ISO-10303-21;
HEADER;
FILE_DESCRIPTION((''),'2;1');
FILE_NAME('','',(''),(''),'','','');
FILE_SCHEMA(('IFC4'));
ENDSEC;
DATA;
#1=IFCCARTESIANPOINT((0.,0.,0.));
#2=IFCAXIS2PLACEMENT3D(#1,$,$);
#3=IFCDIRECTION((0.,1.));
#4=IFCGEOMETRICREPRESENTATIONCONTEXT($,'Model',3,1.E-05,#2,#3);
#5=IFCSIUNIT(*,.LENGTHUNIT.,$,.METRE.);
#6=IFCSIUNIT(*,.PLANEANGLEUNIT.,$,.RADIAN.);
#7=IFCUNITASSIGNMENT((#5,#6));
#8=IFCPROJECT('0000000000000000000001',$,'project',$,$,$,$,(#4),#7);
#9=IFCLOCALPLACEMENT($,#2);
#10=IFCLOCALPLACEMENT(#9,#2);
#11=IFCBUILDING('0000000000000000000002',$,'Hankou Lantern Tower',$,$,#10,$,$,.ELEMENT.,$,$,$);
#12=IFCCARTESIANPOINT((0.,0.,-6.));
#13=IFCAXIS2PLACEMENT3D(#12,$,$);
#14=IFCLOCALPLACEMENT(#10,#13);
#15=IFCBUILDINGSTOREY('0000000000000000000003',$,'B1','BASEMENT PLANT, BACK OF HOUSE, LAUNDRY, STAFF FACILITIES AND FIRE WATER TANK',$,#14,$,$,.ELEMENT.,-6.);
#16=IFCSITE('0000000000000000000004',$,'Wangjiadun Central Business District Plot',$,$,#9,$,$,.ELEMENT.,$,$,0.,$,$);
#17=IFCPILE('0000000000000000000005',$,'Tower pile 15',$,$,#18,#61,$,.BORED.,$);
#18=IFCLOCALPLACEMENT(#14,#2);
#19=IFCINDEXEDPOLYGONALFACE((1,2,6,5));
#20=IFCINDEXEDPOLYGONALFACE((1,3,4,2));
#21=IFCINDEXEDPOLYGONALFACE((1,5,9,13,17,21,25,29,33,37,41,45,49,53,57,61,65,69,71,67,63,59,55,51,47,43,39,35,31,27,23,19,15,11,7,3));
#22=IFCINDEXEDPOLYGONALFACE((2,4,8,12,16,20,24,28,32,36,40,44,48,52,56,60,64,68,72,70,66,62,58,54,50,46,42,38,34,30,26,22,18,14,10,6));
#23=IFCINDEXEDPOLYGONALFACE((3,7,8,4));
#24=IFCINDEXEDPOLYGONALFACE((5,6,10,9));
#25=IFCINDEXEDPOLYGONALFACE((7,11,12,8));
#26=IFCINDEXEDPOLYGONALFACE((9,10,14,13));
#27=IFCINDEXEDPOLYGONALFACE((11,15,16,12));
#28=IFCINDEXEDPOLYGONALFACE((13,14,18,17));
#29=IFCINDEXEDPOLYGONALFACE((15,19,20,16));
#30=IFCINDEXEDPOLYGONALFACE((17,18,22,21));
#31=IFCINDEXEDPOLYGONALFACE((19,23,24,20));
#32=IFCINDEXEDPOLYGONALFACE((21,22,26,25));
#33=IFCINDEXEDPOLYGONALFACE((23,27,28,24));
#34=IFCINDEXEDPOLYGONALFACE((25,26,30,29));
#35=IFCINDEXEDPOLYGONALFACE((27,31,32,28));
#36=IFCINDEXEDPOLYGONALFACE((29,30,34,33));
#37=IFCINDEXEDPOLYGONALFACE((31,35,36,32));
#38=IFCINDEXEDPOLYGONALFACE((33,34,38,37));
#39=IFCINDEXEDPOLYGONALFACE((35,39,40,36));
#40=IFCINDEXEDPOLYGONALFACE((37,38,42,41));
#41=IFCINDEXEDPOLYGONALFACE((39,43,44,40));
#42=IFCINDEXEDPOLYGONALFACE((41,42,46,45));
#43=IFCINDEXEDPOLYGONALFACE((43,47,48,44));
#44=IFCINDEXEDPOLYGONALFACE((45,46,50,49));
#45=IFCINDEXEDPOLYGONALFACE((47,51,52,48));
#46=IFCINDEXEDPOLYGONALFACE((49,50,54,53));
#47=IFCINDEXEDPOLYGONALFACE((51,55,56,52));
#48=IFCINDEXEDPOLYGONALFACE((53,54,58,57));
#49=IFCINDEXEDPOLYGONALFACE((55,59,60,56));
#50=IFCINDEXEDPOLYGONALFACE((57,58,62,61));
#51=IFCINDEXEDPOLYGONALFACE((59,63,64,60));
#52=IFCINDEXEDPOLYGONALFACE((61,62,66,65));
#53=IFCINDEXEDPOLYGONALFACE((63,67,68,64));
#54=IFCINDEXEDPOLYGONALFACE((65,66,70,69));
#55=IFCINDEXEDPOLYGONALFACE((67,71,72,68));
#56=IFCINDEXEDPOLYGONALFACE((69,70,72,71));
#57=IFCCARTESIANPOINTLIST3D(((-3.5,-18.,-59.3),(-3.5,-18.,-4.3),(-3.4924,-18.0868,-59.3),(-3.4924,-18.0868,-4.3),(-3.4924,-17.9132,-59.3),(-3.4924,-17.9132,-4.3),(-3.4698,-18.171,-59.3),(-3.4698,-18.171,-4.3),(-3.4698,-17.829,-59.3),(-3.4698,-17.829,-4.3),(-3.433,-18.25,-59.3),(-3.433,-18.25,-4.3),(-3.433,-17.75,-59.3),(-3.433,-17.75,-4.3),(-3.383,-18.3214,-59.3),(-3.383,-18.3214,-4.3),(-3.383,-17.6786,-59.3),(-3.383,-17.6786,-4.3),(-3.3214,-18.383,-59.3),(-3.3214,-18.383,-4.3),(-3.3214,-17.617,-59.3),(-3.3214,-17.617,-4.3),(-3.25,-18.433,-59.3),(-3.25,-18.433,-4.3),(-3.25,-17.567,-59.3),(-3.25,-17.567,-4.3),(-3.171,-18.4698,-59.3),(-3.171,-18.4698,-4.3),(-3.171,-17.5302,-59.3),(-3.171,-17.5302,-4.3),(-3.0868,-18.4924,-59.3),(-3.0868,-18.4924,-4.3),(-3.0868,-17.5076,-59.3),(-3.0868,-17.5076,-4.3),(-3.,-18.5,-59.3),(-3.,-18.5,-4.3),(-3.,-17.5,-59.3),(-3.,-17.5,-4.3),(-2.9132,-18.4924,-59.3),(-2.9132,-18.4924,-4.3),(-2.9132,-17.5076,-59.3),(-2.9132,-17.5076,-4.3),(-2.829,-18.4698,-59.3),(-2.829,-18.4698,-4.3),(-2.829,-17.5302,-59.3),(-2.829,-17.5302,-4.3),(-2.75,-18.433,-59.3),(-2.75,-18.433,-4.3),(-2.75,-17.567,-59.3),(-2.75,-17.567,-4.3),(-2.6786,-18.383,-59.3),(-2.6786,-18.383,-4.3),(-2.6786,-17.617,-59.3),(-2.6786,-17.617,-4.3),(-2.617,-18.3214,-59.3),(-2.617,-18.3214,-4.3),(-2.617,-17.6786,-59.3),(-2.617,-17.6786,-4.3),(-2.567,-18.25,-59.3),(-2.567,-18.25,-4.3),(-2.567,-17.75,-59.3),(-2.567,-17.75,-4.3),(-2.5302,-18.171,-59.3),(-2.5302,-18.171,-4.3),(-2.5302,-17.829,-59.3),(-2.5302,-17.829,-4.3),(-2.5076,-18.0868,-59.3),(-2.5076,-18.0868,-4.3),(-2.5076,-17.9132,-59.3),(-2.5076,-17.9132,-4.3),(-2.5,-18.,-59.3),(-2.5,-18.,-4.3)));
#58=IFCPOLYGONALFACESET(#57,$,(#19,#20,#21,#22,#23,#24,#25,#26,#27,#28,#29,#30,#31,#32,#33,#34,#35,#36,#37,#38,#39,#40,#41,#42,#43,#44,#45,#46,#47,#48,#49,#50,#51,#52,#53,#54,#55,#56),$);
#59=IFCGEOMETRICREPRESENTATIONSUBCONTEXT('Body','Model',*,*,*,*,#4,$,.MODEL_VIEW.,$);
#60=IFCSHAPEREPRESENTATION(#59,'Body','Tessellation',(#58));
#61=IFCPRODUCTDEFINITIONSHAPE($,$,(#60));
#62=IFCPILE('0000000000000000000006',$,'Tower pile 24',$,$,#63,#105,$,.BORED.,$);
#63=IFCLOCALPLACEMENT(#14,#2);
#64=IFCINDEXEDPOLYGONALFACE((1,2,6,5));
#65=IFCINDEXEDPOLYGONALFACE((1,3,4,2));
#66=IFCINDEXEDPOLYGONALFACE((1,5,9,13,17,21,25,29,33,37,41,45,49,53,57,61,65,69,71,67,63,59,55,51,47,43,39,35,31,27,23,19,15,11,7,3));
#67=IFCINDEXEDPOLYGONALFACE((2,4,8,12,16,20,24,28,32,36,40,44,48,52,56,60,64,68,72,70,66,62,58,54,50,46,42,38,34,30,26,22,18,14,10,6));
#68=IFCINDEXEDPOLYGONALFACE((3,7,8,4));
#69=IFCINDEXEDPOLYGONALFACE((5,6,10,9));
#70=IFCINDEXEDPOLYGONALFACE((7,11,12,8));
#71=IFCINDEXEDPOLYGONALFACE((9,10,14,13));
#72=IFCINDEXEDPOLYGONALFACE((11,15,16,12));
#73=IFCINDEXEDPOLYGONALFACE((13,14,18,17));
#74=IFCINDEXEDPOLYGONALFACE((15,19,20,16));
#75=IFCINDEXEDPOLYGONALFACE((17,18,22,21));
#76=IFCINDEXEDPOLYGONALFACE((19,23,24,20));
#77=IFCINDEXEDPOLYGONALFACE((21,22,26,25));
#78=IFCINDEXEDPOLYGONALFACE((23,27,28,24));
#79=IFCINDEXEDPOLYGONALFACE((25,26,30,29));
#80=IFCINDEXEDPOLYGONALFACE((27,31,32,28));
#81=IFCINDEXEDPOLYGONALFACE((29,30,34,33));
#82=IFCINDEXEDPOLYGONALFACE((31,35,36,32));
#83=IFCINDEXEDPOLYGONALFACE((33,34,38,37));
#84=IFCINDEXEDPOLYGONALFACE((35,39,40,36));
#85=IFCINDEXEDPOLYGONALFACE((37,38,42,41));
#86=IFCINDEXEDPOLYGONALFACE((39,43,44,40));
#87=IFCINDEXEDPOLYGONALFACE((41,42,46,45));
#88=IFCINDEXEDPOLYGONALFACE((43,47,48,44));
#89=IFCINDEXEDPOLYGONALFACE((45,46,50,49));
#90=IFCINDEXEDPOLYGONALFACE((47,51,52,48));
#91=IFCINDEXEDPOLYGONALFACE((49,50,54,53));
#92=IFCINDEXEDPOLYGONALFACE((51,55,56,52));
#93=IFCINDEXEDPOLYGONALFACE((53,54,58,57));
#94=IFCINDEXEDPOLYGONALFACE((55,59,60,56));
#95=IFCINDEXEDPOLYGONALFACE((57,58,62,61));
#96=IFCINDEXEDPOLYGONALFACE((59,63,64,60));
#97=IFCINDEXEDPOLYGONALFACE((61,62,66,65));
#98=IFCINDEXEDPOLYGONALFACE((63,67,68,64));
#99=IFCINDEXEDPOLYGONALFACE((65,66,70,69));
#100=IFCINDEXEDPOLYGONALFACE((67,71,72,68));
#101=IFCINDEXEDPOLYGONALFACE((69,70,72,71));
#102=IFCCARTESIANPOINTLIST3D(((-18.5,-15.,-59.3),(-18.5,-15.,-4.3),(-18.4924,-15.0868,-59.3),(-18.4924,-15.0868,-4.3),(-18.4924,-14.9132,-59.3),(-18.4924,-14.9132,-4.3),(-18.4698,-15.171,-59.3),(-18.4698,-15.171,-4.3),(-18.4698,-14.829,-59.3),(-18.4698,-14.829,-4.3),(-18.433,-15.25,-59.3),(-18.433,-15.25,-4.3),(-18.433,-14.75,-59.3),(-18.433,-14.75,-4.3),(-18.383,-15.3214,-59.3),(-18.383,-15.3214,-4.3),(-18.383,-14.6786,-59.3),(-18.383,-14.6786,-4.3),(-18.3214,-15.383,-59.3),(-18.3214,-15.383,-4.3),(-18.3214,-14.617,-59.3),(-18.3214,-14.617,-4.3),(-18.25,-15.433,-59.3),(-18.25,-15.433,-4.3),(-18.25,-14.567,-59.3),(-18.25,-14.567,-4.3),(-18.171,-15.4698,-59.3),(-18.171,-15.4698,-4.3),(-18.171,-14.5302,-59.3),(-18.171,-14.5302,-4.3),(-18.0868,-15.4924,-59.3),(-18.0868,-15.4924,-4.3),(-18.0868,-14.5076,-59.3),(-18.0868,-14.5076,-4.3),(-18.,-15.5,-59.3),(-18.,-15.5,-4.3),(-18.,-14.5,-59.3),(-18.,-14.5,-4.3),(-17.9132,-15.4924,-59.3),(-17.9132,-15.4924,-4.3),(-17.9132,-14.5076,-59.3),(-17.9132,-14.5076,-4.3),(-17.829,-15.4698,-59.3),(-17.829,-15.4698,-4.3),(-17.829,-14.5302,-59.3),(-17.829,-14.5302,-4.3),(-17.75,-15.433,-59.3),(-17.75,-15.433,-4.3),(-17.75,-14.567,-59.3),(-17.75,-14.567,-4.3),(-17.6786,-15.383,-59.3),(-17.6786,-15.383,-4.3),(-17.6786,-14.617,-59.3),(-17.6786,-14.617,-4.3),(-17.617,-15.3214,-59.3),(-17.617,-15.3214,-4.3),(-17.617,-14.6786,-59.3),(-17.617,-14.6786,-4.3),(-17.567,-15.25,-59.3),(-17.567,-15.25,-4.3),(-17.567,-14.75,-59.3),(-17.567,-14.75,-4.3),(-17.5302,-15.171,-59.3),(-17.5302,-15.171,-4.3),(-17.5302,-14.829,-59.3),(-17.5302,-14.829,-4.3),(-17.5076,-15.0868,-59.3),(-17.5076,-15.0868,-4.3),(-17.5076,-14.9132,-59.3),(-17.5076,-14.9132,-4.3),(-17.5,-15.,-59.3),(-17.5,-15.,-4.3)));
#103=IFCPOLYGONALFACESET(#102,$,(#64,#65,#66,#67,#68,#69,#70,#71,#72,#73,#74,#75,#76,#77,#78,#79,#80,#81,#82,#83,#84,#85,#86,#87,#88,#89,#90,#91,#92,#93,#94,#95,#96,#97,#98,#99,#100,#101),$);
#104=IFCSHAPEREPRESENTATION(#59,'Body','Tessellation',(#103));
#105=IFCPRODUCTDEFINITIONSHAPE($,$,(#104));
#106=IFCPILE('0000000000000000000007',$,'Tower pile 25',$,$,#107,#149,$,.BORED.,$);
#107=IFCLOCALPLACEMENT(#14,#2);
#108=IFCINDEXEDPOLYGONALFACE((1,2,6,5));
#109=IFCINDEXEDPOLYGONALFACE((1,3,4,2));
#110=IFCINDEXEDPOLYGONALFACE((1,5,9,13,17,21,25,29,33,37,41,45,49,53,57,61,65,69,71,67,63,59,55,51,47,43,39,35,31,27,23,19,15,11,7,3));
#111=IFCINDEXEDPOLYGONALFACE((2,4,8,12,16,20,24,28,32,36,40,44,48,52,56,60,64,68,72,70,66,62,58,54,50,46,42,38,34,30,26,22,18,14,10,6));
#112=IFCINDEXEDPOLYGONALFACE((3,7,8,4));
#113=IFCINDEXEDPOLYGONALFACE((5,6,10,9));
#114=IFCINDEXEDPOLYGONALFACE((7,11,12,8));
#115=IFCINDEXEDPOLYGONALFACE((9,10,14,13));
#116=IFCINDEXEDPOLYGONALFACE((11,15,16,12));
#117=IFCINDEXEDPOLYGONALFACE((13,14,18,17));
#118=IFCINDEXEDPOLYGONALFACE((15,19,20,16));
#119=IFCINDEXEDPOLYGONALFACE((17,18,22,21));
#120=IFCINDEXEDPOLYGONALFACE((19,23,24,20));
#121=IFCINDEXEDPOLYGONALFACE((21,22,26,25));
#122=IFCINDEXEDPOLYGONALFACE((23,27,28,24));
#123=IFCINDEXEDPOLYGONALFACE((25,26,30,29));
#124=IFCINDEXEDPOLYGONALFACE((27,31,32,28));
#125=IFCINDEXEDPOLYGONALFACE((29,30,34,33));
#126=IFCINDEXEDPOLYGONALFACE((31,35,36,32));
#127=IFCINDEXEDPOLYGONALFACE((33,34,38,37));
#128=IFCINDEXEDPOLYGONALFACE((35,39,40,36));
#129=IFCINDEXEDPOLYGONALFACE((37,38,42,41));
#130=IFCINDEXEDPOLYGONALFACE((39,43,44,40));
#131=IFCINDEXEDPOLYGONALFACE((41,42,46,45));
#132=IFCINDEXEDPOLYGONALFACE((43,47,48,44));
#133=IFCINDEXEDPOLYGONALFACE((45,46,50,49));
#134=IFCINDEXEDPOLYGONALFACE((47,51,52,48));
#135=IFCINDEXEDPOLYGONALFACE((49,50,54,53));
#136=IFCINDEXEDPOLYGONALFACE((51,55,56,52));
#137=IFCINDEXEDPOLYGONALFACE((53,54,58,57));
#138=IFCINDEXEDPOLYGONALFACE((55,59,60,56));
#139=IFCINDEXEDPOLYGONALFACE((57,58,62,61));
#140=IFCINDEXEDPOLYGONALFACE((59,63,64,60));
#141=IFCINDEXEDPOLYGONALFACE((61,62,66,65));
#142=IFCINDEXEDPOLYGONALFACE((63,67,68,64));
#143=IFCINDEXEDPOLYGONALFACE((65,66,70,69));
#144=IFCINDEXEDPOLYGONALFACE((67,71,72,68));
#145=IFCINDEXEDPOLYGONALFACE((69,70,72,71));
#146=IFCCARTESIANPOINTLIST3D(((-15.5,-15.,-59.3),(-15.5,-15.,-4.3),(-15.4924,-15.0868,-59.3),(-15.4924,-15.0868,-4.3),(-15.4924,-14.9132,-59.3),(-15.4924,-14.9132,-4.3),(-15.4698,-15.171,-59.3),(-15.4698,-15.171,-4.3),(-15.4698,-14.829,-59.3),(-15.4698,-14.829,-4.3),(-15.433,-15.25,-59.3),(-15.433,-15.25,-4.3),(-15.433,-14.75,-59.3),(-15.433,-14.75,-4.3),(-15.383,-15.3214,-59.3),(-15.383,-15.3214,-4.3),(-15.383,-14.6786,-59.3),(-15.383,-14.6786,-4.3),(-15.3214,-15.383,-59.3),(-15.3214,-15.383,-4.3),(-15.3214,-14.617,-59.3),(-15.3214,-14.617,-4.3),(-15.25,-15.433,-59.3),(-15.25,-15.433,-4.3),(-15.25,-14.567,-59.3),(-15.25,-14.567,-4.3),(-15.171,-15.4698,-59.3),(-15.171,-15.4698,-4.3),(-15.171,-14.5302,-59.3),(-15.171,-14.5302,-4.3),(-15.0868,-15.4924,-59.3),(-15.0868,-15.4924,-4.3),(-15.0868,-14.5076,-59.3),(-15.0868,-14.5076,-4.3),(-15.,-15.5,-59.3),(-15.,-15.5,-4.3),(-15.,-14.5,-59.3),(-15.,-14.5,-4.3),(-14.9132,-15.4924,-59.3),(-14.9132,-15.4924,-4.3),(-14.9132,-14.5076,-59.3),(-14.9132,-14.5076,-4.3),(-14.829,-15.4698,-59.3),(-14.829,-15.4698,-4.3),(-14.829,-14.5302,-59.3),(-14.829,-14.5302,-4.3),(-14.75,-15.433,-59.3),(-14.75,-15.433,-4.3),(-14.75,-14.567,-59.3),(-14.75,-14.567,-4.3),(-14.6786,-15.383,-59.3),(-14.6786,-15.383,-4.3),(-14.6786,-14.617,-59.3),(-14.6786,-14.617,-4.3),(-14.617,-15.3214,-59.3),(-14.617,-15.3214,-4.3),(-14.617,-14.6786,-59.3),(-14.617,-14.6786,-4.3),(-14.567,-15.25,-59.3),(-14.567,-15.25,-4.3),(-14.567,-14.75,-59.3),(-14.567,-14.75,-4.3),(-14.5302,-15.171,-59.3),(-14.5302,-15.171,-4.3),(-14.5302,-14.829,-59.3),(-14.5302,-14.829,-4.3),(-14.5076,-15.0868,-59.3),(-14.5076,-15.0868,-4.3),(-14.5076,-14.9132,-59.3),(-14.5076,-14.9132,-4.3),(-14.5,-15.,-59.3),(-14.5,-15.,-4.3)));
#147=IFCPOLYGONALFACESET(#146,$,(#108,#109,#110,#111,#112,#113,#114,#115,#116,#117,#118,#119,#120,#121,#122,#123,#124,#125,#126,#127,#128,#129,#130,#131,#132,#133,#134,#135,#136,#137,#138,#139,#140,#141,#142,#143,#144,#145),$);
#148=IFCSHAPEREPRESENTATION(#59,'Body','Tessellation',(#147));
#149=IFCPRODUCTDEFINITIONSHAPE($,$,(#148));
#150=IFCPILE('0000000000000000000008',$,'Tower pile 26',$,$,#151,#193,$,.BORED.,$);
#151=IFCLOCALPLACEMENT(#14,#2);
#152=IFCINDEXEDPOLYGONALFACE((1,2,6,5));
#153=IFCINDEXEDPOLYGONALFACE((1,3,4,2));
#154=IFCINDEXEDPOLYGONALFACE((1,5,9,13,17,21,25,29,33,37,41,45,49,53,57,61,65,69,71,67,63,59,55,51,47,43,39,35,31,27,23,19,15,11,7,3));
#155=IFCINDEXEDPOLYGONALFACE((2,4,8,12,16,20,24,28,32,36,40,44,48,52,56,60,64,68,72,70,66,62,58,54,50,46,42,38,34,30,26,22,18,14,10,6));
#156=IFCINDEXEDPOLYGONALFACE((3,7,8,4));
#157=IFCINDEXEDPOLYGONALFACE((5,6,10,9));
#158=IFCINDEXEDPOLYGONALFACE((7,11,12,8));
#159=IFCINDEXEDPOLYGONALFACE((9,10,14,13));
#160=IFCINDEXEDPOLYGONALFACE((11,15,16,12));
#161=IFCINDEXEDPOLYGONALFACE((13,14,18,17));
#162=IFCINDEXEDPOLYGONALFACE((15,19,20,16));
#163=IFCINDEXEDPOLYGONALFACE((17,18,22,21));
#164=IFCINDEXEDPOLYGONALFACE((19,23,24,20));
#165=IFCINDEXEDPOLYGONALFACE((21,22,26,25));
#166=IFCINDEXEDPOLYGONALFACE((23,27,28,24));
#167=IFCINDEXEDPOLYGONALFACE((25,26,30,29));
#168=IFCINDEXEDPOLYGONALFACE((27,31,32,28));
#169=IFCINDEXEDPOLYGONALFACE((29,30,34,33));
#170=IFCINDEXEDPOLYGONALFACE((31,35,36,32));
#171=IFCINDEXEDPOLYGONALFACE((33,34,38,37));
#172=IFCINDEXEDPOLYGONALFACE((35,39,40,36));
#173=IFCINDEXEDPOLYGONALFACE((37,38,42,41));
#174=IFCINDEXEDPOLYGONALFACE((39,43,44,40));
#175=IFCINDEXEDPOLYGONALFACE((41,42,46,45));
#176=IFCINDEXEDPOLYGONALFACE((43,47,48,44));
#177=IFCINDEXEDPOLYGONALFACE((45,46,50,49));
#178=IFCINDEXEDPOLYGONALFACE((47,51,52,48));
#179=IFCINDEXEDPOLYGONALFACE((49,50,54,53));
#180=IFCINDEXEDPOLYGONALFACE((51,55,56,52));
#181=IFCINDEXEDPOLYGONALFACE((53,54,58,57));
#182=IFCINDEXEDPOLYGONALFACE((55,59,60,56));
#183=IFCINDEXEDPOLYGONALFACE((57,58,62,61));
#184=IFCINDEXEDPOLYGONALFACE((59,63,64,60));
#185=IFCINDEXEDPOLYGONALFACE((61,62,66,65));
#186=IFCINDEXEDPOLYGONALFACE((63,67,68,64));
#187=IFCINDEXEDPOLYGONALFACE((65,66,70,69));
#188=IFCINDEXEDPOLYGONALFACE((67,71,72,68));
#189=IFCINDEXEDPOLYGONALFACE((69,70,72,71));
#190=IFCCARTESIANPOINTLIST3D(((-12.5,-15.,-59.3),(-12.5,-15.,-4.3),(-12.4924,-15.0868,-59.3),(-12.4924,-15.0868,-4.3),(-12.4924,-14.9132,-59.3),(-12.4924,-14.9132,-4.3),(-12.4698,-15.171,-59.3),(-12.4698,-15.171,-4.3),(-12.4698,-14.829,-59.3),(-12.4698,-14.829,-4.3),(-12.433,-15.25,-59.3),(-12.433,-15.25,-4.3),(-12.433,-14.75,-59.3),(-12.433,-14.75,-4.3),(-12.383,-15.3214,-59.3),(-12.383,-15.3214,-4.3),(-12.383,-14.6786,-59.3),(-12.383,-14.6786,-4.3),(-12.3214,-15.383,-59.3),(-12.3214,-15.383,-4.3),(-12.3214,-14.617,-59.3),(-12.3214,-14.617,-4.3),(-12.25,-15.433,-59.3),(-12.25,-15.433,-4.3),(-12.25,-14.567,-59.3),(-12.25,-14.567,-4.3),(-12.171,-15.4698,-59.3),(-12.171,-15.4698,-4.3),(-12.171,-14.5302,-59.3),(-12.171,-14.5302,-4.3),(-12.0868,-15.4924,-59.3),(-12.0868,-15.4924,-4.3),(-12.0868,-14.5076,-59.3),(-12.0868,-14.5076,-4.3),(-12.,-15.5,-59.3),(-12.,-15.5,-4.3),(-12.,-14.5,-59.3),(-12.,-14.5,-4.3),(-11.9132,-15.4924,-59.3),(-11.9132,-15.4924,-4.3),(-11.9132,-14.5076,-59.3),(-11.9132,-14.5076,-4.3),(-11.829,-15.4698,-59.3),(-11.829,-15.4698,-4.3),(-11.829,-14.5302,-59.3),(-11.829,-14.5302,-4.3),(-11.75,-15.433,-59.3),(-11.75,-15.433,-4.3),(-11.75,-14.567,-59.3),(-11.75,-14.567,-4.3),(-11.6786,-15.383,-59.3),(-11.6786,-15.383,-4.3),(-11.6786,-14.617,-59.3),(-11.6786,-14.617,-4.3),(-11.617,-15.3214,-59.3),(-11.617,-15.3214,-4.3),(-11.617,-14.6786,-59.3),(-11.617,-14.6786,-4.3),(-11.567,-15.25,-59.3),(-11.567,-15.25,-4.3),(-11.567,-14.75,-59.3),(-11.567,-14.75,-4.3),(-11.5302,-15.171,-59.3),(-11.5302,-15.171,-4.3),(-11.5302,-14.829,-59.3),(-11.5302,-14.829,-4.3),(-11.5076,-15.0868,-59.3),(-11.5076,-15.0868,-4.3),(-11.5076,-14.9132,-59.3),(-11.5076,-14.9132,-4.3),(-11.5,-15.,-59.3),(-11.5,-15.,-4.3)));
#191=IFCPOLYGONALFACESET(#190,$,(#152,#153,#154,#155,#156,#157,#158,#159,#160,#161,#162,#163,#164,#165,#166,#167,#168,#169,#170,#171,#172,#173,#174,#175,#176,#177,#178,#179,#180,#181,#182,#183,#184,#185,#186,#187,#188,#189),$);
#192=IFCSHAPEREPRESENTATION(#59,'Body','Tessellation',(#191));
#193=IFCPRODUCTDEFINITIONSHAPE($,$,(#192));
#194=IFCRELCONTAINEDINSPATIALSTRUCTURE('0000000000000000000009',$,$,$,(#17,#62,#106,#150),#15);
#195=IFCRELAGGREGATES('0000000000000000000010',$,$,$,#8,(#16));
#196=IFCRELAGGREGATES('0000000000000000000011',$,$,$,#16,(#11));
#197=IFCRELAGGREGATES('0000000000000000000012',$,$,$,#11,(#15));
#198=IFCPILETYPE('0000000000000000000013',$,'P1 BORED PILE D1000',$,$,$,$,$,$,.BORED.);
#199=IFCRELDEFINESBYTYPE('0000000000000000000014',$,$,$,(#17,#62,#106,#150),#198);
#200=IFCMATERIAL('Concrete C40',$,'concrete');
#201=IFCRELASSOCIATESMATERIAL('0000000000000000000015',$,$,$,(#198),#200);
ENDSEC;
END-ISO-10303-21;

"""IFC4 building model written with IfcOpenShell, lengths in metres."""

from ifc_helpers import new_model, si_unit, direction, frame, origin, origin_2d, place, context, subcontext, project, spatial, circle, extrude, material, material_profile, profile_set, type_object, element, save


model = new_model("IFC4")

# Units and contexts
model_context = context("Model", 3, precision=1e-05, world=origin(), true_north=direction((0.0, 1.0)))
body_context = subcontext(model_context, "Body", "Model", "MODEL_VIEW")
ifc_project = project(units=[si_unit("LENGTHUNIT", "METRE"), si_unit("PLANEANGLEUNIT", "RADIAN")], contexts=[model_context])

# Site, building, storey
site_placement = place(None, origin())
site = spatial("IfcSite", under=ifc_project, at=site_placement, Name="Wangjiadun Central Business District Plot", CompositionType="ELEMENT", RefElevation=0.0)
building_placement = place(site_placement, origin())
building = spatial("IfcBuilding", under=site, at=building_placement, Name="Hankou Lantern Tower", CompositionType="ELEMENT")
storey_placement = place(building_placement, frame((0.0, 0.0, -6.0)))
storey = spatial("IfcBuildingStorey", under=building, at=storey_placement, Name="B1", Description="BASEMENT PLANT, BACK OF HOUSE, LAUNDRY, STAFF FACILITIES AND FIRE WATER TANK", CompositionType="ELEMENT", Elevation=-6.0)

# Piles
ifc_material_1 = material(Name="Concrete C40", Category="concrete")
ifc_material_profile_1 = material_profile(ifc_material_1, circle(Radius=0.5, at=origin_2d()), Name="RC D1000")
ifc_profile_set_1 = profile_set([ifc_material_profile_1], Name="Concrete C40")
pile_type_1 = type_object("IfcPileType", Name="P1 BORED PILE D1000", PredefinedType="BORED", material=ifc_profile_set_1)
for number, where, z_axis, x_axis, name in (
    (1, (-3.0, -18.0, -4.3), (0.0, 0.0, -1.0), (1.0, 0.0, 0.0), "Tower pile 15"),
    (2, (-18.0, -15.0, -4.3), (0.0, 0.0, -1.0), (1.0, 0.0, 0.0), "Tower pile 24"),
    (3, (-15.0, -15.0, -4.3), (0.0, 0.0, -1.0), (1.0, 0.0, 0.0), "Tower pile 25"),
    (4, (-12.0, -15.0, -4.3), (0.0, 0.0, -1.0), (1.0, 0.0, 0.0), "Tower pile 26"),
):
    element("IfcPile", number, at=place(storey_placement, frame(where, z_axis=z_axis, x_axis=x_axis)), inside=storey, type_object=pile_type_1, Name=name, PredefinedType="BORED", context=body_context, shape_type="SweptSolid", body=[
        extrude(circle(Radius=0.5, at=origin_2d()), origin(), (0.0, 0.0, 1.0), 55.0),
    ])

save(model, "model.ifc")
